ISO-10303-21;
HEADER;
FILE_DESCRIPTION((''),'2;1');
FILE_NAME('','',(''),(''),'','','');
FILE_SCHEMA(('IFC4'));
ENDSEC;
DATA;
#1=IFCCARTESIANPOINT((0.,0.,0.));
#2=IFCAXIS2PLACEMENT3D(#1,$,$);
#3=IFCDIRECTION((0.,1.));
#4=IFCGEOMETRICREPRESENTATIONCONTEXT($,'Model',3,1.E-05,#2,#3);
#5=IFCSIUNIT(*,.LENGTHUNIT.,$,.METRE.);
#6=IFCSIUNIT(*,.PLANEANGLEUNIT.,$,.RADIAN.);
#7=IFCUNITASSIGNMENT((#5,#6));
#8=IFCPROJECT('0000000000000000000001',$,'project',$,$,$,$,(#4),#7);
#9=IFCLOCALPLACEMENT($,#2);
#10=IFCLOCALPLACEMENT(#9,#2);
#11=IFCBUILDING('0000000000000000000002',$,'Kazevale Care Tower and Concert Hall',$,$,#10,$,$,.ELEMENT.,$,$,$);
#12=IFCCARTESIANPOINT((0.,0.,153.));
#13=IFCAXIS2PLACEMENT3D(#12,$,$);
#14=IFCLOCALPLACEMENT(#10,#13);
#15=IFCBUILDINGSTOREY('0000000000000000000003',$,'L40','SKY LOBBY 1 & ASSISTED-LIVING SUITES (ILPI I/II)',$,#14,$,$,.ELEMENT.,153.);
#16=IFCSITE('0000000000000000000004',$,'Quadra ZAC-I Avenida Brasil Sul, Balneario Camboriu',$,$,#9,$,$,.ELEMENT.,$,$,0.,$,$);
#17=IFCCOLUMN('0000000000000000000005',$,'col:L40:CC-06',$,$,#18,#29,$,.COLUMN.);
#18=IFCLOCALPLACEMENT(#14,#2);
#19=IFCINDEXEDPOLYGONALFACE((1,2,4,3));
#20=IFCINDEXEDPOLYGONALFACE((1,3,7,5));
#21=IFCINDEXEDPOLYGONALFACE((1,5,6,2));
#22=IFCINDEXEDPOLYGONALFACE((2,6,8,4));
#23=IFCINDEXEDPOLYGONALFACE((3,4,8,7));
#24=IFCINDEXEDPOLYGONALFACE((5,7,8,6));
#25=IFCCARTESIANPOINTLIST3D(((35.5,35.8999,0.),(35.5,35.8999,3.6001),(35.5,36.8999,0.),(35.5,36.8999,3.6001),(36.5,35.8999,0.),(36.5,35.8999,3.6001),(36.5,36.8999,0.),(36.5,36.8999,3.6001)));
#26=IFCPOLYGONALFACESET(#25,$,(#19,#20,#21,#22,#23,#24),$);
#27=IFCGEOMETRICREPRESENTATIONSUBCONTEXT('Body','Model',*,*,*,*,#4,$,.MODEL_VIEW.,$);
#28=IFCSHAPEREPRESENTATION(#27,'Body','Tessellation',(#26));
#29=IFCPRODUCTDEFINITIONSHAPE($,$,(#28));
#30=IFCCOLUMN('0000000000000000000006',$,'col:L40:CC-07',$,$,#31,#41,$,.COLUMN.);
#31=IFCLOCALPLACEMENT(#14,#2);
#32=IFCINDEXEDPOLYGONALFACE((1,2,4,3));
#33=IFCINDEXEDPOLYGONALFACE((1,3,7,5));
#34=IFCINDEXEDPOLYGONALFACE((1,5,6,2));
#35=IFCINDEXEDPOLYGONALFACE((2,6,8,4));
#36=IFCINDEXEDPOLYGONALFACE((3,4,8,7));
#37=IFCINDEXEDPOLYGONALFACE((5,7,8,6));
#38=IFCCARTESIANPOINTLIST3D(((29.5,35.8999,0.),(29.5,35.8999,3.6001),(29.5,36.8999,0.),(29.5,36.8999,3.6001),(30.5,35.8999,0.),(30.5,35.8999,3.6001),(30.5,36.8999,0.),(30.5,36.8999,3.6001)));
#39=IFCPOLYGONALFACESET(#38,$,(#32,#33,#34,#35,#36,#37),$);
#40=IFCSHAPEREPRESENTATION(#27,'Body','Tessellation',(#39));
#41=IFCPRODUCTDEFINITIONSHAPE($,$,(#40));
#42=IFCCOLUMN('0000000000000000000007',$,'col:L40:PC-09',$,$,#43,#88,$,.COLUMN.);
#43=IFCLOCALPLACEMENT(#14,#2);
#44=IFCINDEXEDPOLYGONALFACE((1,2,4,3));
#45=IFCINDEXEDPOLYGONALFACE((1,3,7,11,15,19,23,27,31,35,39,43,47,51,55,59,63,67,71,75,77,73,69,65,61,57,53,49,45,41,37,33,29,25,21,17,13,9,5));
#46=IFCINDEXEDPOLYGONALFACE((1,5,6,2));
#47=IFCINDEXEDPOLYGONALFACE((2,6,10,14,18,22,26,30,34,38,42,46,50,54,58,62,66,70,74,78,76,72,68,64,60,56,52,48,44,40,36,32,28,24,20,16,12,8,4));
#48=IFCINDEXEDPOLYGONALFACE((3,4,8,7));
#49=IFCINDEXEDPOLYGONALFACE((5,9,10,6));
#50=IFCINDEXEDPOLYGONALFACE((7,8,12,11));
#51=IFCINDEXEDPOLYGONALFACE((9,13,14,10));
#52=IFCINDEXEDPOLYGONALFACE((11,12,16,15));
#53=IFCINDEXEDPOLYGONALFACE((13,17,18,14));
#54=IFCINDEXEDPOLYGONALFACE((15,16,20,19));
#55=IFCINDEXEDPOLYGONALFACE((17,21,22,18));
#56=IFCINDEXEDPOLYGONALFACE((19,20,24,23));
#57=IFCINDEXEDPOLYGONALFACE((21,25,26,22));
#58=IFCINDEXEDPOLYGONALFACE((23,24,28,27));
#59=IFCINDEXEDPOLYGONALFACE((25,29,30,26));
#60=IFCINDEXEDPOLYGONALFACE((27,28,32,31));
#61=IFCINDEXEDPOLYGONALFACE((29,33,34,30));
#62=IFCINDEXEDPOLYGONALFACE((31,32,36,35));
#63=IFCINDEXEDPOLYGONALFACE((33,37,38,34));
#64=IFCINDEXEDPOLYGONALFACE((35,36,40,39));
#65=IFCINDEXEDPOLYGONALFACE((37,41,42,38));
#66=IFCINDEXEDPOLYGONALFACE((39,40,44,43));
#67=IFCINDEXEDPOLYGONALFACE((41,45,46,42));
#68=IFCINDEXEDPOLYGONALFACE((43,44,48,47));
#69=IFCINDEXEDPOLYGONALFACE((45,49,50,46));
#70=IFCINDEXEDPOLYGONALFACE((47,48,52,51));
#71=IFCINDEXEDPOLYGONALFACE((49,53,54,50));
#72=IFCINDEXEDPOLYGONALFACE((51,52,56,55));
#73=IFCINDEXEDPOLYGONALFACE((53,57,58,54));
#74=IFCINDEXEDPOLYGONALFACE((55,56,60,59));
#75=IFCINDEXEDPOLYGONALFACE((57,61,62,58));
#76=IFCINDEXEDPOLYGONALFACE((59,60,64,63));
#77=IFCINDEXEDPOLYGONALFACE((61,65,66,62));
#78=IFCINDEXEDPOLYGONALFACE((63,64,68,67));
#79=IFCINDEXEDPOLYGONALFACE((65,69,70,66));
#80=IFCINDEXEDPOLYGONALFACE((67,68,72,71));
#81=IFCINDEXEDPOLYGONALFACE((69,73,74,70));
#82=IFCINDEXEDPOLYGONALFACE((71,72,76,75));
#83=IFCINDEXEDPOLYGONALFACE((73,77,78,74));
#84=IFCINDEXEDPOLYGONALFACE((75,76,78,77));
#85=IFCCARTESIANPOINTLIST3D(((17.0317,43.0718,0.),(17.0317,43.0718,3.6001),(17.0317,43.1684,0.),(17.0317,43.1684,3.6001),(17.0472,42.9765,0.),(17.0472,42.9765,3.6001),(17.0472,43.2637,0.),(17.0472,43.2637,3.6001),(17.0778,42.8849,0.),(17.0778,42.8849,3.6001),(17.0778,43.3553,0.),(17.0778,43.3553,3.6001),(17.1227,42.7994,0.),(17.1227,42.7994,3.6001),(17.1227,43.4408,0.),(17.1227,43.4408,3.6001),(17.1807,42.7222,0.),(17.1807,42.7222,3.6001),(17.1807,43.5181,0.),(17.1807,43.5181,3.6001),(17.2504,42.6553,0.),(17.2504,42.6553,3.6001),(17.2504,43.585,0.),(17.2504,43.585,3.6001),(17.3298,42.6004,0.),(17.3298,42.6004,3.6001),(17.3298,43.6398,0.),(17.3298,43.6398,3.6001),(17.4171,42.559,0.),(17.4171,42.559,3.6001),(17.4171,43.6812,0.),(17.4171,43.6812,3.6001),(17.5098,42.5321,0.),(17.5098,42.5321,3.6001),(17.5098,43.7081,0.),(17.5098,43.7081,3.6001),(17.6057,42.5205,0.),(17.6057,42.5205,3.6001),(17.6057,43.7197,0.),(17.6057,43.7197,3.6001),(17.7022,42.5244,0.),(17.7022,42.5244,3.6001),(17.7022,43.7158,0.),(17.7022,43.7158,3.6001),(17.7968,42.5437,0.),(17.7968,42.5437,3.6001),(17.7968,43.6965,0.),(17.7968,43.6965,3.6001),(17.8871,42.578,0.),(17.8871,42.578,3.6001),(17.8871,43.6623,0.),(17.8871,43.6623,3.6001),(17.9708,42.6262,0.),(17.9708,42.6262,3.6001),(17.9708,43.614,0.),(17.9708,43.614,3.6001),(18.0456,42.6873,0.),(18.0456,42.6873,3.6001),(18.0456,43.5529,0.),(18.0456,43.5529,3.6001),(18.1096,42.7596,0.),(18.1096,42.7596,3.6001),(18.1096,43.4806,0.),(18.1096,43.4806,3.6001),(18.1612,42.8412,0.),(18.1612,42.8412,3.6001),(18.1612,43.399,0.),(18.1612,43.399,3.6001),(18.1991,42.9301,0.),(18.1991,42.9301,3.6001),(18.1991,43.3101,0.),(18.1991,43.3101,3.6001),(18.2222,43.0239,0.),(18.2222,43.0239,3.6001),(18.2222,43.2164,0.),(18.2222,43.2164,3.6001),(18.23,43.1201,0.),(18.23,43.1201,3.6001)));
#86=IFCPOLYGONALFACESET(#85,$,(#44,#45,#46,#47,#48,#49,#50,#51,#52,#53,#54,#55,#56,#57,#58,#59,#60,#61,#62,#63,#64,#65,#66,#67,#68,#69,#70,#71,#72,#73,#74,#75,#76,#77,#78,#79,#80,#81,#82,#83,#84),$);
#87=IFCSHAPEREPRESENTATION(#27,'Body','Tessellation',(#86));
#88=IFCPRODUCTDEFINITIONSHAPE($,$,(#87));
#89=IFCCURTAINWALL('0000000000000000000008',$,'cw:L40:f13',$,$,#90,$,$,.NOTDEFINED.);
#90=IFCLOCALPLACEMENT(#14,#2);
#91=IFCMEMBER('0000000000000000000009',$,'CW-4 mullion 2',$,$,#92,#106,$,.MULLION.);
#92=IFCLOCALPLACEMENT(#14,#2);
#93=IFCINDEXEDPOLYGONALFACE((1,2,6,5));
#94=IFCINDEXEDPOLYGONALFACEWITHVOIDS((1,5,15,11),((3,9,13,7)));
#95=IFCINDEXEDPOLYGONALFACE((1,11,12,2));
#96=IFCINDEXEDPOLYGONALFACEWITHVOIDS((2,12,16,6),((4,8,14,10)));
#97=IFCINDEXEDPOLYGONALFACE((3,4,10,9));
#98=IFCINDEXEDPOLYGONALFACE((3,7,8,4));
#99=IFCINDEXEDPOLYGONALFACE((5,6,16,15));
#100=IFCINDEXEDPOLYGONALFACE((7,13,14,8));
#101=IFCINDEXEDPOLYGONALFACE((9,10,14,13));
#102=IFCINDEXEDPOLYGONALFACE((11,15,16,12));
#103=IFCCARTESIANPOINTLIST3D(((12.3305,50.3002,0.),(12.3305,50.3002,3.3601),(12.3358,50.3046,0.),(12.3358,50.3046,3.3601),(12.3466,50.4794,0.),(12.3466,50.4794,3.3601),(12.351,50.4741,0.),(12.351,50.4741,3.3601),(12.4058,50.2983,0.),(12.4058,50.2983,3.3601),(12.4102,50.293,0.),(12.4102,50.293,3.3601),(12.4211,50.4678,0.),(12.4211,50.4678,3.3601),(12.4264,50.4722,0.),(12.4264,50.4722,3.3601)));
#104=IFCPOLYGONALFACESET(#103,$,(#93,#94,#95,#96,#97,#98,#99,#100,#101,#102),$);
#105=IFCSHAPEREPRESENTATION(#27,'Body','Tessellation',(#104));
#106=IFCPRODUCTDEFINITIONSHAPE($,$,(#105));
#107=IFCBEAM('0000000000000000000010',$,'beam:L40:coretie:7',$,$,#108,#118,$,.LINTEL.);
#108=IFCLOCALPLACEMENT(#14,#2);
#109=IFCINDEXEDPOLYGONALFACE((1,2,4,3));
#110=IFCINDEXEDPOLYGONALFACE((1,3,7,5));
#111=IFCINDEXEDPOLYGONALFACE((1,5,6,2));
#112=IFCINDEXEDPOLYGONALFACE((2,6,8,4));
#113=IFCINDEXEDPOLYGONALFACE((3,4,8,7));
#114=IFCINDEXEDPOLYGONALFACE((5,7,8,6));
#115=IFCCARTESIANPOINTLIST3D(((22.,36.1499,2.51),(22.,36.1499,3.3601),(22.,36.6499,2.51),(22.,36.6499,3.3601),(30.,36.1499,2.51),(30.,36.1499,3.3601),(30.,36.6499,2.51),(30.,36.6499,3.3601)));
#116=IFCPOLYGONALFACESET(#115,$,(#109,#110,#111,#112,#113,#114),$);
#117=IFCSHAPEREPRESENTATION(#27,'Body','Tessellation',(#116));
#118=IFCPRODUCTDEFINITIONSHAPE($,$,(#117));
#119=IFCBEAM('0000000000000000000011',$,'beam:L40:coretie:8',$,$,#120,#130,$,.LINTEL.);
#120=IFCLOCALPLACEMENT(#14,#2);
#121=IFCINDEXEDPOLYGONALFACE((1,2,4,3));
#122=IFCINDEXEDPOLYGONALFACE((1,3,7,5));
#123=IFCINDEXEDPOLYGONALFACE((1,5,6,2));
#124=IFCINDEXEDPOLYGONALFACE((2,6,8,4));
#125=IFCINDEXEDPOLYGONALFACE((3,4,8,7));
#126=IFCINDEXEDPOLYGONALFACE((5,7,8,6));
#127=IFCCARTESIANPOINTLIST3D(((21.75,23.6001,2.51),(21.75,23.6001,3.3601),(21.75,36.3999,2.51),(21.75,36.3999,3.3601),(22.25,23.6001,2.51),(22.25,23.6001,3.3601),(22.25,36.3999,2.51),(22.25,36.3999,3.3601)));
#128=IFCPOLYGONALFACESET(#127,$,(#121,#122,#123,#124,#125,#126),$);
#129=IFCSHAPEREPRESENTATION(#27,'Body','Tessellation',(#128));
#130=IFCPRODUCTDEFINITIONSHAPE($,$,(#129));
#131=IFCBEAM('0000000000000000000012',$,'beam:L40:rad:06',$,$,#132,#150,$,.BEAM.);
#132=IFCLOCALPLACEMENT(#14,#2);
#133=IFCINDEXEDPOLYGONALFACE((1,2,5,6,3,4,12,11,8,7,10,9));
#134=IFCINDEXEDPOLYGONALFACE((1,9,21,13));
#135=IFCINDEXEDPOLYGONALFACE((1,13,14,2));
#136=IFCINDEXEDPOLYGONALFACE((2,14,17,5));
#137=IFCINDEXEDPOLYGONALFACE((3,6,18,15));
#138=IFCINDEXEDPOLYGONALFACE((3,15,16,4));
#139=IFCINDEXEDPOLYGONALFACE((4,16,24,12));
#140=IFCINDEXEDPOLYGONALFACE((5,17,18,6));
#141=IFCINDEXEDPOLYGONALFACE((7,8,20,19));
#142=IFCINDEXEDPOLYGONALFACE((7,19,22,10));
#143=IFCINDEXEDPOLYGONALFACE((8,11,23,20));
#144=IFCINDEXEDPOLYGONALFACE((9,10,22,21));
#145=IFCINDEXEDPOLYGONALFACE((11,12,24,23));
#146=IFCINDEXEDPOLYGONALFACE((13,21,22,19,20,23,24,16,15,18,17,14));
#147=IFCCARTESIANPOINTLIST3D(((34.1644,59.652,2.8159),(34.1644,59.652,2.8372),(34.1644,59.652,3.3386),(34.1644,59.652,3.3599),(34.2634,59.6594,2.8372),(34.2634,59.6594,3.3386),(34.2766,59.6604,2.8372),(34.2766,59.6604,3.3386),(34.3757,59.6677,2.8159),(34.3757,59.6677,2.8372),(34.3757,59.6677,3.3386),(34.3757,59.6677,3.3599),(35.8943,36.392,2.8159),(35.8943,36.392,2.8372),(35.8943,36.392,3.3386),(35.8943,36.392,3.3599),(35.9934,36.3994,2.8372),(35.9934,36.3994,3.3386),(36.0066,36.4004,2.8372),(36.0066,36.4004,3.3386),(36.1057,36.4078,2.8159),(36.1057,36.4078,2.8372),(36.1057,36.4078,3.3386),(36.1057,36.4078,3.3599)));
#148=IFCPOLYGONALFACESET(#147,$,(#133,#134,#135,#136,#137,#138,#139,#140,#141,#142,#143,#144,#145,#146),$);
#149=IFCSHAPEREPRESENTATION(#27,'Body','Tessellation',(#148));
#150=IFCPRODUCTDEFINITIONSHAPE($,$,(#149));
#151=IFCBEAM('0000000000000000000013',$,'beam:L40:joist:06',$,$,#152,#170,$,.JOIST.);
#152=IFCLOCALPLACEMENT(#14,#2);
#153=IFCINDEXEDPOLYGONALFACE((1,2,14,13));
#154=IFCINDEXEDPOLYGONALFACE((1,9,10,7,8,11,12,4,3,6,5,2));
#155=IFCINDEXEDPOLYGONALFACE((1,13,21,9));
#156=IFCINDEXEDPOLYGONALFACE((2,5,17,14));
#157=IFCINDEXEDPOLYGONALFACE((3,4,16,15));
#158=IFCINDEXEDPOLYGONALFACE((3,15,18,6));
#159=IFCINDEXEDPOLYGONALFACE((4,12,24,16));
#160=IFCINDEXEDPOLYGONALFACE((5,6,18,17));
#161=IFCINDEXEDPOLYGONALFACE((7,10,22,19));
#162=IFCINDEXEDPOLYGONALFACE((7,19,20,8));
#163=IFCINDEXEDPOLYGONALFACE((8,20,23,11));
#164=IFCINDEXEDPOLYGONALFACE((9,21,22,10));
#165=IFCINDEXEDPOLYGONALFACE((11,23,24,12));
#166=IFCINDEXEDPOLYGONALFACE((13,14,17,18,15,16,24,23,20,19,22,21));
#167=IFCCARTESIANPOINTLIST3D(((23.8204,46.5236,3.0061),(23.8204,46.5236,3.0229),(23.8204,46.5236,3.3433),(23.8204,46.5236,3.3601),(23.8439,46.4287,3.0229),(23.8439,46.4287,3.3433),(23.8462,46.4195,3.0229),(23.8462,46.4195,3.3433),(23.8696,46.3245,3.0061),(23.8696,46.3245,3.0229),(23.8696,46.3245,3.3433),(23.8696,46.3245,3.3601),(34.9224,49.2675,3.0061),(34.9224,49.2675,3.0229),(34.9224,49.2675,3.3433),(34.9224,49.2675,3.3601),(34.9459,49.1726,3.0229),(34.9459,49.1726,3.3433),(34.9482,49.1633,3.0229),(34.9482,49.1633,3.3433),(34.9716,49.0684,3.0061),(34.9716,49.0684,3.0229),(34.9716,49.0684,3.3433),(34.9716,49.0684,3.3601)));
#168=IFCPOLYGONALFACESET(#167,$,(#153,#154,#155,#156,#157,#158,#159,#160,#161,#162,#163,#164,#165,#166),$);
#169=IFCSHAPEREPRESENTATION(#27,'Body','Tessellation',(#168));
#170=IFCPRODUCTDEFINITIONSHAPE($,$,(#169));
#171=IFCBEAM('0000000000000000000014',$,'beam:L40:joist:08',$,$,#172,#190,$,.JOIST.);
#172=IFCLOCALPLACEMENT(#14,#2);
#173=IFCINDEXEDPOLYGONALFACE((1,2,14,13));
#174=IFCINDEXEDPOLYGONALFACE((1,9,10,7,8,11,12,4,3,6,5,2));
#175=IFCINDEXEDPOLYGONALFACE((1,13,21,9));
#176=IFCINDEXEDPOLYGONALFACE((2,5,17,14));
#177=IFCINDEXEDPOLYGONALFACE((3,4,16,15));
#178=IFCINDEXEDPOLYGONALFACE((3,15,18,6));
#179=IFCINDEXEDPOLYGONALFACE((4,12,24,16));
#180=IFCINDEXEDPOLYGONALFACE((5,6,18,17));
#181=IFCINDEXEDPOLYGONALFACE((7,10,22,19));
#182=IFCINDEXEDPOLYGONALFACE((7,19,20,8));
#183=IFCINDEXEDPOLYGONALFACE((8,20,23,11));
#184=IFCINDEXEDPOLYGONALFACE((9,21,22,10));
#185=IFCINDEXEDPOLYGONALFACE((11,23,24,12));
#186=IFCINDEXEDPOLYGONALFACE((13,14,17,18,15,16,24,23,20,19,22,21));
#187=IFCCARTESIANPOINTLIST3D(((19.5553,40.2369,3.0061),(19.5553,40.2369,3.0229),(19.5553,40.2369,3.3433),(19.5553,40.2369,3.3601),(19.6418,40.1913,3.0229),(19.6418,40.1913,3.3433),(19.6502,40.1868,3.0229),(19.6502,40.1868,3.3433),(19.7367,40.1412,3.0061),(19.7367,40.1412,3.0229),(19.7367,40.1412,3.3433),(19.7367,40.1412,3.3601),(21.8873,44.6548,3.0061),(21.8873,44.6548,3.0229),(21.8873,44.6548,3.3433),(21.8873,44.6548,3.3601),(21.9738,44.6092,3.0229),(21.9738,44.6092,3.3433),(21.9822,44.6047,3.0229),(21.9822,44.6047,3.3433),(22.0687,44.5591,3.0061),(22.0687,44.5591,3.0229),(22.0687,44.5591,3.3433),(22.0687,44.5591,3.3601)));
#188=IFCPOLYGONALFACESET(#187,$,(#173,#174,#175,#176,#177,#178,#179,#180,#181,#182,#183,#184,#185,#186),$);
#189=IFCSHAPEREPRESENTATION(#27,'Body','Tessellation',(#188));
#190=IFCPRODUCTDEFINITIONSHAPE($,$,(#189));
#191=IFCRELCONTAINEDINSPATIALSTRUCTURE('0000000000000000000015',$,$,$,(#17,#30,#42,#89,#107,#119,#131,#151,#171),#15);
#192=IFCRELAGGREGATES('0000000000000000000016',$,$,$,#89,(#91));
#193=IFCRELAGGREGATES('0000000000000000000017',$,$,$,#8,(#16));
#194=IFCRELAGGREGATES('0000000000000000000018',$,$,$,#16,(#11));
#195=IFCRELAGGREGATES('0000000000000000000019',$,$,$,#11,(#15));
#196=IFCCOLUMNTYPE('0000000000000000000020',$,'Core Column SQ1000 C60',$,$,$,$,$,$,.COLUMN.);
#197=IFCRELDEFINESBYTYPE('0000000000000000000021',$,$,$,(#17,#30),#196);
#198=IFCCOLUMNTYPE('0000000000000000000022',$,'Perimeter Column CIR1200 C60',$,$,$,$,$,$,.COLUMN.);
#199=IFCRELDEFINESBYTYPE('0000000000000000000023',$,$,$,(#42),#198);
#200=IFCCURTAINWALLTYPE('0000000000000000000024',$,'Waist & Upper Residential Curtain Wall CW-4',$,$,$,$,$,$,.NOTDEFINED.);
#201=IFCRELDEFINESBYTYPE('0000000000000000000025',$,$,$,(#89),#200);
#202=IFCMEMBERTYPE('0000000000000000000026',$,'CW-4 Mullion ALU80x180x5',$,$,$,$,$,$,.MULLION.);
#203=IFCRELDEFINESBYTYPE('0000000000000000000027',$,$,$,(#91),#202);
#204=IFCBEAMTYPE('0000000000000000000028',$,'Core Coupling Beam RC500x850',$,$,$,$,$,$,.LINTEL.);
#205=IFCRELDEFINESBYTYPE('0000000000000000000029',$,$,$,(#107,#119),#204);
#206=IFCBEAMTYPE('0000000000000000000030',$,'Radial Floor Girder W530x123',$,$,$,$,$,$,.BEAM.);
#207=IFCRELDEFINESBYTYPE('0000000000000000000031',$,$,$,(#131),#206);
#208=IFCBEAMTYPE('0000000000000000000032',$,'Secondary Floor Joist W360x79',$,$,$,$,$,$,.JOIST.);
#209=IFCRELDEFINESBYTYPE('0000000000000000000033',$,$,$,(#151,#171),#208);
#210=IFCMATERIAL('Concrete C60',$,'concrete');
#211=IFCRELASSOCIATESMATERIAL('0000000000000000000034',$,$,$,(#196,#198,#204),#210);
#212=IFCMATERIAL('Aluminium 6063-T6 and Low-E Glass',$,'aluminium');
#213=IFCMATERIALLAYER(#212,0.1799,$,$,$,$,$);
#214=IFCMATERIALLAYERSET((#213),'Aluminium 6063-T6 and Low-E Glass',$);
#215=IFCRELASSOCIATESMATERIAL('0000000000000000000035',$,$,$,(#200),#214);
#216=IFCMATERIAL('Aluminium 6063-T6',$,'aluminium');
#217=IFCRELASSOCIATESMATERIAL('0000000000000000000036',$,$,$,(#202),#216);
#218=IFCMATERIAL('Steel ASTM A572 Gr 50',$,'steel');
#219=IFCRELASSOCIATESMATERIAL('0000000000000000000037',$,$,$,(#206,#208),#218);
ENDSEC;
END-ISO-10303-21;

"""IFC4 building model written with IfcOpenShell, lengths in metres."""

from ifc_helpers import new_model, si_unit, direction, frame, origin, origin_2d, place, context, subcontext, project, spatial, rectangle, hollow_rectangle, circle, i_section, extrude, material, layer, layer_set, material_profile, profile_set, type_object, element, aggregate, save


model = new_model("IFC4")

# Units and contexts
model_context = context("Model", 3, precision=1e-05, world=origin(), true_north=direction((0.0, 1.0)))
body_context = subcontext(model_context, "Body", "Model", "MODEL_VIEW")
ifc_project = project(units=[si_unit("LENGTHUNIT", "METRE"), si_unit("PLANEANGLEUNIT", "RADIAN")], contexts=[model_context])

# Site, building, storey
site_placement = place(None, origin())
site = spatial("IfcSite", under=ifc_project, at=site_placement, Name="Quadra ZAC-I Avenida Brasil Sul, Balneario Camboriu", CompositionType="ELEMENT", RefElevation=0.0)
building_placement = place(site_placement, origin())
building = spatial("IfcBuilding", under=site, at=building_placement, Name="Kazevale Care Tower and Concert Hall", CompositionType="ELEMENT")
storey_placement = place(building_placement, frame((0.0, 0.0, 153.0)))
storey = spatial("IfcBuildingStorey", under=building, at=storey_placement, Name="L40", Description="SKY LOBBY 1 & ASSISTED-LIVING SUITES (ILPI I/II)", CompositionType="ELEMENT", Elevation=153.0)

# Columns
ifc_material_1 = material(Name="Concrete C60", Category="concrete")
ifc_material_profile_1 = material_profile(ifc_material_1, rectangle(XDim=1.0, YDim=1.0, at=origin_2d()), Name="RC-SQ1000")
ifc_profile_set_1 = profile_set([ifc_material_profile_1], Name="Concrete C60")
column_type_1 = type_object("IfcColumnType", Name="Core Column SQ1000 C60", PredefinedType="COLUMN", material=ifc_profile_set_1)
for number, where, z_axis, x_axis, name in (
    (1, (36.0, 36.3999, 0.0), (0.0, 0.0, 1.0), (1.0, 0.0, 0.0), "col:L40:CC-06"),
    (2, (30.0, 36.3999, 0.0), (0.0, 0.0, 1.0), (1.0, 0.0, 0.0), "col:L40:CC-07"),
):
    element("IfcColumn", number, at=place(storey_placement, frame(where, z_axis=z_axis, x_axis=x_axis)), inside=storey, type_object=column_type_1, Name=name, PredefinedType="COLUMN", context=body_context, shape_type="SweptSolid", body=[
        extrude(rectangle(XDim=1.0, YDim=1.0, at=origin_2d()), origin(), (0.0, 0.0, 1.0), 3.6001),
    ])
ifc_material_profile_2 = material_profile(ifc_material_1, circle(Radius=0.6001, at=origin_2d()), Name="RC-CIR1200")
ifc_profile_set_2 = profile_set([ifc_material_profile_2], Name="Concrete C60")
column_type_2 = type_object("IfcColumnType", Name="Perimeter Column CIR1200 C60", PredefinedType="COLUMN", material=ifc_profile_set_2)
column_placement = place(storey_placement, frame((17.6299, 43.1201, 0.0), z_axis=(0.0, 0.0, 1.0), x_axis=(1.0, 0.0, 0.0)))
element("IfcColumn", 3, at=column_placement, inside=storey, type_object=column_type_2, Name="col:L40:PC-09", PredefinedType="COLUMN", context=body_context, shape_type="SweptSolid", body=[
    extrude(circle(Radius=0.6001, at=origin_2d()), origin(), (0.0, 0.0, 1.0), 3.6001),
])

# Curtain wall, member
ifc_material_2 = material(Name="Aluminium 6063-T6 and Low-E Glass", Category="aluminium")
ifc_layer_1 = layer(ifc_material_2, 0.1799)
ifc_layer_set_1 = layer_set([ifc_layer_1], Name="Aluminium 6063-T6 and Low-E Glass")
curtain_wall_type = type_object("IfcCurtainWallType", Name="Waist & Upper Residential Curtain Wall CW-4", PredefinedType="NOTDEFINED", material=ifc_layer_set_1)
curtain_wall_placement = place(storey_placement, origin())
curtain_wall = element("IfcCurtainWall", 4, at=curtain_wall_placement, inside=storey, type_object=curtain_wall_type, Name="cw:L40:f13", PredefinedType="NOTDEFINED")
ifc_material_3 = material(Name="Aluminium 6063-T6", Category="aluminium")
ifc_material_profile_3 = material_profile(ifc_material_3, hollow_rectangle(XDim=0.0801, YDim=0.1799, WallThickness=0.0049, at=origin_2d()), Name="ALU80x180x5")
ifc_profile_set_3 = profile_set([ifc_material_profile_3], Name="Aluminium 6063-T6")
member_type = type_object("IfcMemberType", Name="CW-4 Mullion ALU80x180x5", PredefinedType="MULLION", material=ifc_profile_set_3)
member_placement = place(storey_placement, frame((12.3784, 50.3862, 0.0), z_axis=(0.0, 0.0, 1.0), x_axis=(-0.99597, 0.08969, 0.0)))
member = element("IfcMember", 5, at=member_placement, type_object=member_type, Name="CW-4 mullion 2", PredefinedType="MULLION", context=body_context, shape_type="SweptSolid", body=[
    extrude(hollow_rectangle(XDim=0.0801, YDim=0.1799, WallThickness=0.0049, at=origin_2d()), origin(), (0.0, 0.0, 1.0), 3.3601),
])

# Beams
ifc_material_profile_4 = material_profile(ifc_material_1, rectangle(XDim=0.5, YDim=0.8501, at=origin_2d()), Name="RC-B500x850")
ifc_profile_set_4 = profile_set([ifc_material_profile_4], Name="Concrete C60")
beam_type_1 = type_object("IfcBeamType", Name="Core Coupling Beam RC500x850", PredefinedType="LINTEL", material=ifc_profile_set_4)
beam_1_placement = place(storey_placement, frame((30.0, 36.3999, 2.9351), z_axis=(-1.0, 0.0, 0.0), x_axis=(0.0, -1.0, 0.0)))
element("IfcBeam", 6, at=beam_1_placement, inside=storey, type_object=beam_type_1, Name="beam:L40:coretie:7", PredefinedType="LINTEL", context=body_context, shape_type="SweptSolid", body=[
    extrude(rectangle(XDim=0.5, YDim=0.8501, at=origin_2d()), origin(), (0.0, 0.0, 1.0), 8.0),
])
beam_2_placement = place(storey_placement, frame((22.0, 36.3999, 2.9351), z_axis=(0.0, -1.0, 0.0), x_axis=(1.0, 0.0, 0.0)))
element("IfcBeam", 7, at=beam_2_placement, inside=storey, type_object=beam_type_1, Name="beam:L40:coretie:8", PredefinedType="LINTEL", context=body_context, shape_type="SweptSolid", body=[
    extrude(rectangle(XDim=0.5, YDim=0.8501, at=origin_2d()), origin(), (0.0, 0.0, 1.0), 12.7998),
])
ifc_material_4 = material(Name="Steel ASTM A572 Gr 50", Category="steel")
ifc_material_profile_5 = material_profile(ifc_material_4, i_section(OverallWidth=0.2119, OverallDepth=0.5439, WebThickness=0.0132, FlangeThickness=0.0212, at=origin_2d()), Name="W530x123")
ifc_profile_set_5 = profile_set([ifc_material_profile_5], Name="Steel ASTM A572 Gr 50")
beam_type_2 = type_object("IfcBeamType", Name="Radial Floor Girder W530x123", PredefinedType="BEAM", material=ifc_profile_set_5)
beam_3_placement = place(storey_placement, frame((36.0, 36.3999, 3.0879), z_axis=(-0.074171, 0.997246, 0.0), x_axis=(-0.997246, -0.074171, 0.0)))
element("IfcBeam", 8, at=beam_3_placement, inside=storey, type_object=beam_type_2, Name="beam:L40:rad:06", PredefinedType="BEAM", context=body_context, shape_type="SweptSolid", body=[
    extrude(i_section(OverallWidth=0.2119, OverallDepth=0.5439, WebThickness=0.0132, FlangeThickness=0.0212, at=origin_2d()), origin(), (0.0, 0.0, 1.0), 23.3242),
])
ifc_material_profile_6 = material_profile(ifc_material_4, i_section(OverallWidth=0.2051, OverallDepth=0.354, WebThickness=0.0095, FlangeThickness=0.0168, at=origin_2d()), Name="W360x79")
ifc_profile_set_6 = profile_set([ifc_material_profile_6], Name="Steel ASTM A572 Gr 50")
beam_type_3 = type_object("IfcBeamType", Name="Secondary Floor Joist W360x79", PredefinedType="JOIST", material=ifc_profile_set_6)
beam_4_placement = place(storey_placement, frame((34.947, 49.168, 3.1831), z_axis=(-0.97079, -0.239933, 0.0), x_axis=(0.239933, -0.97079, 0.0)))
element("IfcBeam", 9, at=beam_4_placement, inside=storey, type_object=beam_type_3, Name="beam:L40:joist:06", PredefinedType="JOIST", context=body_context, shape_type="SweptSolid", body=[
    extrude(i_section(OverallWidth=0.2051, OverallDepth=0.354, WebThickness=0.0095, FlangeThickness=0.0168, at=origin_2d()), origin(), (0.0, 0.0, 1.0), 11.436),
])
beam_5_placement = place(storey_placement, frame((21.978, 44.6069, 3.1831), z_axis=(-0.46681, -0.884358, 0.0), x_axis=(0.884358, -0.46681, 0.0)))
element("IfcBeam", 10, at=beam_5_placement, inside=storey, type_object=beam_type_3, Name="beam:L40:joist:08", PredefinedType="JOIST", context=body_context, shape_type="SweptSolid", body=[
    extrude(i_section(OverallWidth=0.2051, OverallDepth=0.354, WebThickness=0.0095, FlangeThickness=0.0168, at=origin_2d()), origin(), (0.0, 0.0, 1.0), 4.9956),
])

aggregate(curtain_wall, [member])

save(model, "model.ifc")
